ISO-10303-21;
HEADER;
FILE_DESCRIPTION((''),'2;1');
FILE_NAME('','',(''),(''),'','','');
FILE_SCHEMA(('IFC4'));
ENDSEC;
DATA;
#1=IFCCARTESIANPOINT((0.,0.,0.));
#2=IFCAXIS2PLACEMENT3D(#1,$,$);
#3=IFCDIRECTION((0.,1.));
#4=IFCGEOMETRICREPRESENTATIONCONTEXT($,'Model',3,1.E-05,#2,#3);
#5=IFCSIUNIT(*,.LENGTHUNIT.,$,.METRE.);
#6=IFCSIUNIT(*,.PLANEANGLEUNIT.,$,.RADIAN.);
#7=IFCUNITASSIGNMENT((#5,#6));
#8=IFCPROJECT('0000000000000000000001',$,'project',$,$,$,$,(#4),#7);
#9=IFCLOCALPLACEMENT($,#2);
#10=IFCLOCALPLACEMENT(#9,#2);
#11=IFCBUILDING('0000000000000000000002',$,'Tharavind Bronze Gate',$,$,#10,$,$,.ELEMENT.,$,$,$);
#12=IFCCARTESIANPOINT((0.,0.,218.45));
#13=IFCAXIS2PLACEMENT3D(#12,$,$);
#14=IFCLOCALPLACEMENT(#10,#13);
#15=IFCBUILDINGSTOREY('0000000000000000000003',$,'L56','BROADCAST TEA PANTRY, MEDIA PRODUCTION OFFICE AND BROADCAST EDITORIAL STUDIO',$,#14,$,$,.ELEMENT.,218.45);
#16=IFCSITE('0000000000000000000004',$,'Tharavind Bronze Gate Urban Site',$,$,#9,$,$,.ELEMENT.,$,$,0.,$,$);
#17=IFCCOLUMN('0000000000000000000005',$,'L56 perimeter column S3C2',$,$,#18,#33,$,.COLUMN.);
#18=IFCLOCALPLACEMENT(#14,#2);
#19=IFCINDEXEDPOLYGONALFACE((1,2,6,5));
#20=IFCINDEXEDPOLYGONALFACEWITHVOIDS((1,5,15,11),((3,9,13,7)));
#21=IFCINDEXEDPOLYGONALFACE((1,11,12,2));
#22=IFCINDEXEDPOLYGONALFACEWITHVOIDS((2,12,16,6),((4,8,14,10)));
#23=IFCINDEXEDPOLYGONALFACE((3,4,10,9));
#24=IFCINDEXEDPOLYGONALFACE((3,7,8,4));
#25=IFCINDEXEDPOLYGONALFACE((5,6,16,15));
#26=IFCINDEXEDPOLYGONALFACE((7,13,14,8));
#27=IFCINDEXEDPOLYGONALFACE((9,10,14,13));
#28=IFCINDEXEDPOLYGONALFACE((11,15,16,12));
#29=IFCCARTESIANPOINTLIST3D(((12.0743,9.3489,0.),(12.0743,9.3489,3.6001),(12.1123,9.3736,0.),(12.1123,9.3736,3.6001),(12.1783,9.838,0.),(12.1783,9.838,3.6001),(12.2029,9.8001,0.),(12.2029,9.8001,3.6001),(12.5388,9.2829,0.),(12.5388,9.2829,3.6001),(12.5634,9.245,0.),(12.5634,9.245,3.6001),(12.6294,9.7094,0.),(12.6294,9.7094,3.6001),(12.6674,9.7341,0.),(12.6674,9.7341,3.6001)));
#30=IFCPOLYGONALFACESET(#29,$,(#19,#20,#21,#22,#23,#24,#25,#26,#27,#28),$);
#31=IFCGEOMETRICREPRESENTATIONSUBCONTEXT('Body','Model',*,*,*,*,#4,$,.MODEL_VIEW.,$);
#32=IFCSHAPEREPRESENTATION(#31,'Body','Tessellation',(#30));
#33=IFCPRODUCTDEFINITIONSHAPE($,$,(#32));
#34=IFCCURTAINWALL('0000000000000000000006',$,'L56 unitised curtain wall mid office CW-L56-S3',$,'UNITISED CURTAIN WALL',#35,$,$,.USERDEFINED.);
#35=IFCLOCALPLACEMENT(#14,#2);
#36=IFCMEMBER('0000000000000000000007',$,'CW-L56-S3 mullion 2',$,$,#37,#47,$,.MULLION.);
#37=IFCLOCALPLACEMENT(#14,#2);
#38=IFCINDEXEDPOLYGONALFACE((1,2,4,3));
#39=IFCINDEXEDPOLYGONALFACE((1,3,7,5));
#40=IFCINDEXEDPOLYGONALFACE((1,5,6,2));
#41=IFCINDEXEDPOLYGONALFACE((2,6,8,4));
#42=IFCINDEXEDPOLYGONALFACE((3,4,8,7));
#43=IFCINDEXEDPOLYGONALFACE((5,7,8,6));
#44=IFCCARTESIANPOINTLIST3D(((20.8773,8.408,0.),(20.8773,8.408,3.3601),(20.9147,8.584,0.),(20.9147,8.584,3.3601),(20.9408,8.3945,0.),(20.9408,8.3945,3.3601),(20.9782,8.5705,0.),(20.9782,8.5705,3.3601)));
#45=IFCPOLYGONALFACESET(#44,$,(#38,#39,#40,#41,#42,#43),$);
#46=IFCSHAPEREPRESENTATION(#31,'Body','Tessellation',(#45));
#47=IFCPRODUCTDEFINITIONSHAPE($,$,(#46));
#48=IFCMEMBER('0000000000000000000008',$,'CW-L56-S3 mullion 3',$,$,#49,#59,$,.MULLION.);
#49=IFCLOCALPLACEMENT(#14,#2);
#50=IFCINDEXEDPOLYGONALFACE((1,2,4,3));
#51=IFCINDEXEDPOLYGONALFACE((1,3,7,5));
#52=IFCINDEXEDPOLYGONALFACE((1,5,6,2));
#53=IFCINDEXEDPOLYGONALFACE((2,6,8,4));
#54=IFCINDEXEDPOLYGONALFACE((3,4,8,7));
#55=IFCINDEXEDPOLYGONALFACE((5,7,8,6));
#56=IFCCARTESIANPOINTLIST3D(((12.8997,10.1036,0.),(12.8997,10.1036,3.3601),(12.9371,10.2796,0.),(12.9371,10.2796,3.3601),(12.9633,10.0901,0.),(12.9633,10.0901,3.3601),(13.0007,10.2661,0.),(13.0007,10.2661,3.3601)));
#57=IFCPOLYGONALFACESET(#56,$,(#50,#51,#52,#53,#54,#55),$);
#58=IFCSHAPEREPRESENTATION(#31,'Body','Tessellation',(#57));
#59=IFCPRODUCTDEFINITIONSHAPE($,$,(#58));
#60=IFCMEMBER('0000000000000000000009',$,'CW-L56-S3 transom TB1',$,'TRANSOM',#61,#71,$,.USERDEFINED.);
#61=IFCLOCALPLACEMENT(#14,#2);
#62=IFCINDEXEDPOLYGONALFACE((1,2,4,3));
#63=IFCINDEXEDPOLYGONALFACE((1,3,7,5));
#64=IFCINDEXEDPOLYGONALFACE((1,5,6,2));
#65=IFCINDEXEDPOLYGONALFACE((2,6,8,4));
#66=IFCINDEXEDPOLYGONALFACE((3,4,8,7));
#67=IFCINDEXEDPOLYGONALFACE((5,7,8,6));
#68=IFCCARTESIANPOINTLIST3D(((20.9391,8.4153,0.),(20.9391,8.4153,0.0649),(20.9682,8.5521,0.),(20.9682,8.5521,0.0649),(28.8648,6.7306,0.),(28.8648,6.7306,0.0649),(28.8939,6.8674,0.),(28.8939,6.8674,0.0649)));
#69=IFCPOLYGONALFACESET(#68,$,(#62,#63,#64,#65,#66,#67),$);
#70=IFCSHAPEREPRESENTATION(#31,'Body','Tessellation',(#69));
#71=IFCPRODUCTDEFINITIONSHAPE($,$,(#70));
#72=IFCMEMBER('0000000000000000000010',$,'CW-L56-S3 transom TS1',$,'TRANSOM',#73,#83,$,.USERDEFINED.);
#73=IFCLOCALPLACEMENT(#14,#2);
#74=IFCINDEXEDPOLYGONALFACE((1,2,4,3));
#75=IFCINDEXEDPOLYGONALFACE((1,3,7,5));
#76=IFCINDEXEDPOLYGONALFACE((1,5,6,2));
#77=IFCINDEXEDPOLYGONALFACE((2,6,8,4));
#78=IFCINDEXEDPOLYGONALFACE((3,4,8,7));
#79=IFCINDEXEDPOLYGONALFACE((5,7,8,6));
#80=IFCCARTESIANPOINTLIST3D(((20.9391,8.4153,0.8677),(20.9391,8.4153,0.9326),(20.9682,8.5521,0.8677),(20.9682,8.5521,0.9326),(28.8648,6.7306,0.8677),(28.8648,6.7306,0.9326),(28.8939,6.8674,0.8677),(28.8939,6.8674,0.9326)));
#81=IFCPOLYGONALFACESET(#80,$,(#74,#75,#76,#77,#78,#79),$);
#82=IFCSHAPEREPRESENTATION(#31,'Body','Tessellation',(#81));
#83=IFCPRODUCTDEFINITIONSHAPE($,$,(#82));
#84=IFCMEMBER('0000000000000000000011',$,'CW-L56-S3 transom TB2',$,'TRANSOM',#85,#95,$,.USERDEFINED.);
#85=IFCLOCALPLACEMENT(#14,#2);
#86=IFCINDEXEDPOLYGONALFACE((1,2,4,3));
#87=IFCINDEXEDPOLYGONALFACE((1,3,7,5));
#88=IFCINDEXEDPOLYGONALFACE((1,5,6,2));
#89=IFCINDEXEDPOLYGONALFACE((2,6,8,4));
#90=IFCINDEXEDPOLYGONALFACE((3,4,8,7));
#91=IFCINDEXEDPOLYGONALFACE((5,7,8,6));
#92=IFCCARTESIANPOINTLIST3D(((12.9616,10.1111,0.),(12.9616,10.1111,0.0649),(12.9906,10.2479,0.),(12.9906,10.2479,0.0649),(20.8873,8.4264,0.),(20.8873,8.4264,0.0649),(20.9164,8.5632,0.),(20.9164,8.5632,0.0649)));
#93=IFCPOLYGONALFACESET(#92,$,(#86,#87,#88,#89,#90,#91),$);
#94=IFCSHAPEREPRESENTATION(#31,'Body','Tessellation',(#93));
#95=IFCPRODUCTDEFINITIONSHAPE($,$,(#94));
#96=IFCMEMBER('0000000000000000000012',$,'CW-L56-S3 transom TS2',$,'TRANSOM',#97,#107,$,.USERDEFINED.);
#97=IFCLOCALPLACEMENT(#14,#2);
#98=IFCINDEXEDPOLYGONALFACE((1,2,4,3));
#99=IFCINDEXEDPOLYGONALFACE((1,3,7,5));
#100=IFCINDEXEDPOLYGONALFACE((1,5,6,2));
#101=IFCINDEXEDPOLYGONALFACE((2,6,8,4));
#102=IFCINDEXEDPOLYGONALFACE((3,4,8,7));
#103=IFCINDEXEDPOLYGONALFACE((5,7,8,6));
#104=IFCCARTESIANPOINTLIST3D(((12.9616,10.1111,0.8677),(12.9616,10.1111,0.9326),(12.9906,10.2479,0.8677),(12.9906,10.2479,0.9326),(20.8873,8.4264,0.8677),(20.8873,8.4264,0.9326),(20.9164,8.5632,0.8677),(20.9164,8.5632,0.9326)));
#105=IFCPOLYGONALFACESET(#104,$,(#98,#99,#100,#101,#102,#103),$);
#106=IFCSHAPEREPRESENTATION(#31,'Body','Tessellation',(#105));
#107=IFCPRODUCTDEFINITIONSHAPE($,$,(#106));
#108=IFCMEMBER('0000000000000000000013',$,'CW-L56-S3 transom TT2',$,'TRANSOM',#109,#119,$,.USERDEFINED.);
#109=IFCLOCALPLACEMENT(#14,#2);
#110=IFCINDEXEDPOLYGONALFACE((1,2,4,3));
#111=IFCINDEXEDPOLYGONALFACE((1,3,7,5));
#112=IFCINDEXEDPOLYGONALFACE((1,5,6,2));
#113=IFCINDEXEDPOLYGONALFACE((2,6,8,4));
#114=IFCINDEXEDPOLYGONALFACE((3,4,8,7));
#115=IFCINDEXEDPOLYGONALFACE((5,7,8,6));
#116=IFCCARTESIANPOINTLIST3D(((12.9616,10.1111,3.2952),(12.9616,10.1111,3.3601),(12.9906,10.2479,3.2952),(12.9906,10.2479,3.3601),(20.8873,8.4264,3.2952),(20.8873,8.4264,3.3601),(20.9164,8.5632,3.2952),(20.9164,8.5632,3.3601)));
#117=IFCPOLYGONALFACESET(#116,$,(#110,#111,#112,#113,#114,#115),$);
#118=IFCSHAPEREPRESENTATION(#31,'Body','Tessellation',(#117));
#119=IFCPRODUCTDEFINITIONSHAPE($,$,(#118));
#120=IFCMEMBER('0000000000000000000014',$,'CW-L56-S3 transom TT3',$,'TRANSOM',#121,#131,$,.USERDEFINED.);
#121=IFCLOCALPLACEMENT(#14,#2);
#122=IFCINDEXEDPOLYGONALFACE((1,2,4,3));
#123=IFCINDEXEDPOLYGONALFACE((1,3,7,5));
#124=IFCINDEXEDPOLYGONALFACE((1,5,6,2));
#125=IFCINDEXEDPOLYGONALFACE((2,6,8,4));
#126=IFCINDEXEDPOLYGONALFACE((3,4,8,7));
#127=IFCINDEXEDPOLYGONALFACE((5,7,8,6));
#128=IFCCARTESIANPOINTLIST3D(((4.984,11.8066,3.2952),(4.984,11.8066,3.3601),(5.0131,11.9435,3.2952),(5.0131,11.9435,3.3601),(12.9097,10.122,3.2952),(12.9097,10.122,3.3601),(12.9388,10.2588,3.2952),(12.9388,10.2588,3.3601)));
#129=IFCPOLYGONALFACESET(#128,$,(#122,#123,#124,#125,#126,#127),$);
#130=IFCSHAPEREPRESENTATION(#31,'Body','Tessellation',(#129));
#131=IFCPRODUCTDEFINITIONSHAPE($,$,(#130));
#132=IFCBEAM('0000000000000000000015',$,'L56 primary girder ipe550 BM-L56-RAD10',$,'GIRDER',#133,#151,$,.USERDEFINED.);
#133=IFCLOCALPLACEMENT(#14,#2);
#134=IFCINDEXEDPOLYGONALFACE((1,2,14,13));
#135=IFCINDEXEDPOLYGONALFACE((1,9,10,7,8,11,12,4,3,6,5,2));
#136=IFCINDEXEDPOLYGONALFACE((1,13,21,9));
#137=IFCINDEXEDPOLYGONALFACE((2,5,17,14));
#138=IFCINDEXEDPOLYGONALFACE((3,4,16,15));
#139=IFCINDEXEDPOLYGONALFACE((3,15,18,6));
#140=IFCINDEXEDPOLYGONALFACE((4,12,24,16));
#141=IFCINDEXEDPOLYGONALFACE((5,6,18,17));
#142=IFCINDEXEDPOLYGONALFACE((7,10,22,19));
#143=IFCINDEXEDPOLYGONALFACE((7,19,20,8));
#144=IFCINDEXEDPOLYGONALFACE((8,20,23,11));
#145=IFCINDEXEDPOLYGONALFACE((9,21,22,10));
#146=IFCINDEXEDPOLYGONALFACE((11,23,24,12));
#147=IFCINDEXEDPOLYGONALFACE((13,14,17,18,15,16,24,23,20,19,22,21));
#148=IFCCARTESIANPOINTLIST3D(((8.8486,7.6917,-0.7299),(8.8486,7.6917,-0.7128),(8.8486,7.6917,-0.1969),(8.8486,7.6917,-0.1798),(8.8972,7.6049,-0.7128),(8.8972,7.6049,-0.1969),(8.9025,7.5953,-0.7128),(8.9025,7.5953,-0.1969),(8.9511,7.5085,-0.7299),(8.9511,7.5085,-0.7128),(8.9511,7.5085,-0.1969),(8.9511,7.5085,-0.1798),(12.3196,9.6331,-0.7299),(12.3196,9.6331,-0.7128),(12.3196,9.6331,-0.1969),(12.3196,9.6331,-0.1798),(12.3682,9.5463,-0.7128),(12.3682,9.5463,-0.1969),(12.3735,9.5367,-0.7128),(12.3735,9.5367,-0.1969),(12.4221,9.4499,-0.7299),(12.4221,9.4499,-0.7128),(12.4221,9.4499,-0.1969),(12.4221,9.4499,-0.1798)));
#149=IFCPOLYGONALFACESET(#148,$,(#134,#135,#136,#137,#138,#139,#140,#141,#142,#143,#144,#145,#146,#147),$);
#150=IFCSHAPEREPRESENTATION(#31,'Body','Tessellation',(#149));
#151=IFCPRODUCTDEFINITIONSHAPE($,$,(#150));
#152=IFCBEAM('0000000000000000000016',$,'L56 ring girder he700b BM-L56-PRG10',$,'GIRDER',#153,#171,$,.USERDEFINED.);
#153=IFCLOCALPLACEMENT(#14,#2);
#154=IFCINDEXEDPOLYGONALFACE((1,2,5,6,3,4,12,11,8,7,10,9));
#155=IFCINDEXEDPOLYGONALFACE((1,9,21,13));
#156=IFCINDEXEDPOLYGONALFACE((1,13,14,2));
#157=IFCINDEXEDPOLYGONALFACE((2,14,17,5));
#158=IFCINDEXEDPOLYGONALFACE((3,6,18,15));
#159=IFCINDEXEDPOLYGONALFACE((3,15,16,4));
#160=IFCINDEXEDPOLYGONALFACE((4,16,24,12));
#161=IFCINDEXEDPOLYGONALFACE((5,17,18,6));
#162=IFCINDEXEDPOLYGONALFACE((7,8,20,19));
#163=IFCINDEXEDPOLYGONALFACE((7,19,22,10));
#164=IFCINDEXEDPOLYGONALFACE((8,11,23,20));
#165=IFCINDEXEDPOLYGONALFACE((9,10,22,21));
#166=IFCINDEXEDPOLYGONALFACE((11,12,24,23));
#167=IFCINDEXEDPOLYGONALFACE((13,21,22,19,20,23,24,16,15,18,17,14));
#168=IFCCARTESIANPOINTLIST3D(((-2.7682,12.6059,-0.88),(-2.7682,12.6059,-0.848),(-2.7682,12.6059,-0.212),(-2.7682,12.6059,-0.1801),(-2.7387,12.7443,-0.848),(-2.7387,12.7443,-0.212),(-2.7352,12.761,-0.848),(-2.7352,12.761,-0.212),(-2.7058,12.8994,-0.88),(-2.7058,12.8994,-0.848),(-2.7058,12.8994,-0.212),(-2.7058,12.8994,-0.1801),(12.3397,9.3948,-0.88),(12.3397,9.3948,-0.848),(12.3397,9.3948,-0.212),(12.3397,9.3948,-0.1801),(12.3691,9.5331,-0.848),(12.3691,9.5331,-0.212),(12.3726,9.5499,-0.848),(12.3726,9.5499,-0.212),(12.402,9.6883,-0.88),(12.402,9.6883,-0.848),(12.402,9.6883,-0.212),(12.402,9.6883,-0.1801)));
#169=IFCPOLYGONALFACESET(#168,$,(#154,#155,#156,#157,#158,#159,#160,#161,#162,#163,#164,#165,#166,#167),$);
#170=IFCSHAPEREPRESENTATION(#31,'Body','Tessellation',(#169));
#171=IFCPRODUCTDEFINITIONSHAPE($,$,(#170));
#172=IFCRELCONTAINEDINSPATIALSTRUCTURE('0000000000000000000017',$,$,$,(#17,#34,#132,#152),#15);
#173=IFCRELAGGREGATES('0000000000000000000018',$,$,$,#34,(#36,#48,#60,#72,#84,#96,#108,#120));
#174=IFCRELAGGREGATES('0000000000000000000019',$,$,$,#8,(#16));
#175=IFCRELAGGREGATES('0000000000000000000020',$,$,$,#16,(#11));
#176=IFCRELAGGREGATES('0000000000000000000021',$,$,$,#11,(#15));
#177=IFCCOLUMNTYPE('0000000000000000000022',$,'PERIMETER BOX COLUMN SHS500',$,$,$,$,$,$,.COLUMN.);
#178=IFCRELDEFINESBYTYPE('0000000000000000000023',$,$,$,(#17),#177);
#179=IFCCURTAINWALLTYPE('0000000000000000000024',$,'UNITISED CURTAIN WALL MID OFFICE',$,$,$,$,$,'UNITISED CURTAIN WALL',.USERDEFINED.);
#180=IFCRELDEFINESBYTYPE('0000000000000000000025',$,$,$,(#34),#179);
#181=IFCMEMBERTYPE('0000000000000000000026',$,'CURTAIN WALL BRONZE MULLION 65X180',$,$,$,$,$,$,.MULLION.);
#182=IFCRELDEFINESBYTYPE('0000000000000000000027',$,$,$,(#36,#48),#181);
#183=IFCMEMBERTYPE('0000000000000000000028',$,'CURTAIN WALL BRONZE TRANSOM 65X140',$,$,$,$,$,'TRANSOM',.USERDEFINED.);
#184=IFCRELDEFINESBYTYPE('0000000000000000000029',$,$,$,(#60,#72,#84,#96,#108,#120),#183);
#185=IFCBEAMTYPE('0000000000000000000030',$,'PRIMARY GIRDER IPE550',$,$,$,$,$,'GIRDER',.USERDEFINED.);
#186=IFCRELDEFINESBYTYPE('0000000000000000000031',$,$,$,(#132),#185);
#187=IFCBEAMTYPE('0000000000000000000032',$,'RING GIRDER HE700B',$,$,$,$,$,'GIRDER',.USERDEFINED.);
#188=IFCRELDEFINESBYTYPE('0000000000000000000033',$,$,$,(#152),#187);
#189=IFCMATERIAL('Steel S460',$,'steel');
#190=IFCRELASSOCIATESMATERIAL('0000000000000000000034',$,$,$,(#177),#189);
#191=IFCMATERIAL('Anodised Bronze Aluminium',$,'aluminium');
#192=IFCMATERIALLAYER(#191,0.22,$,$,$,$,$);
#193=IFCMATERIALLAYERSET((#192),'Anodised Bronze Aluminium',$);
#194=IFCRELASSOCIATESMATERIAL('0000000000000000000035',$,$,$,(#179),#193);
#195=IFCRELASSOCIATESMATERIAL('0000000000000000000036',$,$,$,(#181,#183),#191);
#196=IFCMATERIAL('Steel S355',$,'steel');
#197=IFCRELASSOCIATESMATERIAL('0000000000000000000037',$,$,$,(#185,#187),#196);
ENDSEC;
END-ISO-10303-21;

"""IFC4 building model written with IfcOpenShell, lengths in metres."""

from ifc_helpers import new_model, si_unit, direction, frame, origin, origin_2d, place, context, subcontext, project, spatial, rectangle, hollow_rectangle, i_section, extrude, material, layer, layer_set, material_profile, profile_set, type_object, element, aggregate, save


model = new_model("IFC4")

# Units and contexts
model_context = context("Model", 3, precision=1e-05, world=origin(), true_north=direction((0.0, 1.0)))
body_context = subcontext(model_context, "Body", "Model", "MODEL_VIEW")
ifc_project = project(units=[si_unit("LENGTHUNIT", "METRE"), si_unit("PLANEANGLEUNIT", "RADIAN")], contexts=[model_context])

# Site, building, storey
site_placement = place(None, origin())
site = spatial("IfcSite", under=ifc_project, at=site_placement, Name="Tharavind Bronze Gate Urban Site", CompositionType="ELEMENT", RefElevation=0.0)
building_placement = place(site_placement, origin())
building = spatial("IfcBuilding", under=site, at=building_placement, Name="Tharavind Bronze Gate", CompositionType="ELEMENT")
storey_placement = place(building_placement, frame((0.0, 0.0, 218.45)))
storey = spatial("IfcBuildingStorey", under=building, at=storey_placement, Name="L56", Description="BROADCAST TEA PANTRY, MEDIA PRODUCTION OFFICE AND BROADCAST EDITORIAL STUDIO", CompositionType="ELEMENT", Elevation=218.45)

# Column
ifc_material_1 = material(Name="Steel S460", Category="steel")
ifc_material_profile_1 = material_profile(ifc_material_1, hollow_rectangle(XDim=0.5, YDim=0.5, WallThickness=0.032, at=origin_2d()), Name="SHS500X32")
ifc_profile_set_1 = profile_set([ifc_material_profile_1], Name="Steel S460")
column_type = type_object("IfcColumnType", Name="PERIMETER BOX COLUMN SHS500", PredefinedType="COLUMN", material=ifc_profile_set_1)
column_placement = place(storey_placement, frame((12.3708, 9.5415, 0.0), z_axis=(0.0, 0.0, 1.0), x_axis=(-0.978148, 0.207912, 0.0)))
element("IfcColumn", 1, at=column_placement, inside=storey, type_object=column_type, Name="L56 perimeter column S3C2", PredefinedType="COLUMN", context=body_context, shape_type="SweptSolid", body=[
    extrude(hollow_rectangle(XDim=0.5, YDim=0.5, WallThickness=0.032, at=origin_2d()), origin(), (0.0, 0.0, 1.0), 3.6001),
])

# Curtain wall, members
ifc_material_2 = material(Name="Anodised Bronze Aluminium", Category="aluminium")
ifc_layer_1 = layer(ifc_material_2, 0.22)
ifc_layer_set_1 = layer_set([ifc_layer_1], Name="Anodised Bronze Aluminium")
curtain_wall_type = type_object("IfcCurtainWallType", Name="UNITISED CURTAIN WALL MID OFFICE", ElementType="UNITISED CURTAIN WALL", PredefinedType="USERDEFINED", material=ifc_layer_set_1)
curtain_wall_placement = place(storey_placement, origin())
curtain_wall = element("IfcCurtainWall", 2, at=curtain_wall_placement, inside=storey, type_object=curtain_wall_type, Name="L56 unitised curtain wall mid office CW-L56-S3", ObjectType="UNITISED CURTAIN WALL", PredefinedType="USERDEFINED")
member_type_1 = type_object("IfcMemberType", Name="CURTAIN WALL BRONZE MULLION 65X180", PredefinedType="MULLION", material=ifc_material_2)
member_1_placement = place(storey_placement, frame((20.9277, 8.4893, 0.0), z_axis=(0.0, 0.0, 1.0), x_axis=(-0.978148, 0.207912, 0.0)))
member_1 = element("IfcMember", 3, at=member_1_placement, type_object=member_type_1, Name="CW-L56-S3 mullion 2", PredefinedType="MULLION", context=body_context, shape_type="SweptSolid", body=[
    extrude(rectangle(XDim=0.0649, YDim=0.1799, at=origin_2d()), origin(), (0.0, 0.0, 1.0), 3.3601),
])
member_2_placement = place(storey_placement, frame((12.9502, 10.1848, 0.0), z_axis=(0.0, 0.0, 1.0), x_axis=(-0.978148, 0.207912, 0.0)))
member_2 = element("IfcMember", 4, at=member_2_placement, type_object=member_type_1, Name="CW-L56-S3 mullion 3", PredefinedType="MULLION", context=body_context, shape_type="SweptSolid", body=[
    extrude(rectangle(XDim=0.0649, YDim=0.1799, at=origin_2d()), origin(), (0.0, 0.0, 1.0), 3.3601),
])
member_type_2 = type_object("IfcMemberType", Name="CURTAIN WALL BRONZE TRANSOM 65X140", ElementType="TRANSOM", PredefinedType="USERDEFINED", material=ifc_material_2)
member_3_placement = place(storey_placement, frame((24.9165, 7.6414, 0.0), z_axis=(0.0, 0.0, 1.0), x_axis=(-0.978148, 0.207912, 0.0)))
member_3 = element("IfcMember", 5, at=member_3_placement, type_object=member_type_2, Name="CW-L56-S3 transom TB1", ObjectType="TRANSOM", PredefinedType="USERDEFINED", context=body_context, shape_type="SweptSolid", body=[
    extrude(rectangle(XDim=8.1028, YDim=0.1399, at=origin_2d()), origin(), (0.0, 0.0, 1.0), 0.0649),
])
member_4_placement = place(storey_placement, frame((24.9165, 7.6414, 0.8677), z_axis=(0.0, 0.0, 1.0), x_axis=(-0.978148, 0.207912, 0.0)))
member_4 = element("IfcMember", 6, at=member_4_placement, type_object=member_type_2, Name="CW-L56-S3 transom TS1", ObjectType="TRANSOM", PredefinedType="USERDEFINED", context=body_context, shape_type="SweptSolid", body=[
    extrude(rectangle(XDim=8.1028, YDim=0.1399, at=origin_2d()), origin(), (0.0, 0.0, 1.0), 0.0649),
])
member_5_placement = place(storey_placement, frame((16.939, 9.3372, 0.0), z_axis=(0.0, 0.0, 1.0), x_axis=(-0.978148, 0.207912, 0.0)))
member_5 = element("IfcMember", 7, at=member_5_placement, type_object=member_type_2, Name="CW-L56-S3 transom TB2", ObjectType="TRANSOM", PredefinedType="USERDEFINED", context=body_context, shape_type="SweptSolid", body=[
    extrude(rectangle(XDim=8.1028, YDim=0.1399, at=origin_2d()), origin(), (0.0, 0.0, 1.0), 0.0649),
])
member_6_placement = place(storey_placement, frame((16.939, 9.3372, 0.8677), z_axis=(0.0, 0.0, 1.0), x_axis=(-0.978148, 0.207912, 0.0)))
member_6 = element("IfcMember", 8, at=member_6_placement, type_object=member_type_2, Name="CW-L56-S3 transom TS2", ObjectType="TRANSOM", PredefinedType="USERDEFINED", context=body_context, shape_type="SweptSolid", body=[
    extrude(rectangle(XDim=8.1028, YDim=0.1399, at=origin_2d()), origin(), (0.0, 0.0, 1.0), 0.0649),
])
member_7_placement = place(storey_placement, frame((16.939, 9.3372, 3.2952), z_axis=(0.0, 0.0, 1.0), x_axis=(-0.978148, 0.207912, 0.0)))
member_7 = element("IfcMember", 9, at=member_7_placement, type_object=member_type_2, Name="CW-L56-S3 transom TT2", ObjectType="TRANSOM", PredefinedType="USERDEFINED", context=body_context, shape_type="SweptSolid", body=[
    extrude(rectangle(XDim=8.1028, YDim=0.1399, at=origin_2d()), origin(), (0.0, 0.0, 1.0), 0.0649),
])
member_8_placement = place(storey_placement, frame((8.9614, 11.0327, 3.2952), z_axis=(0.0, 0.0, 1.0), x_axis=(-0.978148, 0.207912, 0.0)))
member_8 = element("IfcMember", 10, at=member_8_placement, type_object=member_type_2, Name="CW-L56-S3 transom TT3", ObjectType="TRANSOM", PredefinedType="USERDEFINED", context=body_context, shape_type="SweptSolid", body=[
    extrude(rectangle(XDim=8.1028, YDim=0.1399, at=origin_2d()), origin(), (0.0, 0.0, 1.0), 0.0649),
])

# Beams
ifc_material_3 = material(Name="Steel S355", Category="steel")
ifc_material_profile_2 = material_profile(ifc_material_3, i_section(OverallWidth=0.21, OverallDepth=0.55, WebThickness=0.011, FlangeThickness=0.0171, at=origin_2d()), Name="IPE550")
ifc_profile_set_2 = profile_set([ifc_material_profile_2], Name="Steel S355")
beam_type_1 = type_object("IfcBeamType", Name="PRIMARY GIRDER IPE550", ElementType="GIRDER", PredefinedType="USERDEFINED", material=ifc_profile_set_2)
beam_1_placement = place(storey_placement, frame((12.3708, 9.5415, -0.4548), z_axis=(-0.872755, -0.488158, 0.0), x_axis=(0.488158, -0.872755, 0.0)))
element("IfcBeam", 11, at=beam_1_placement, inside=storey, type_object=beam_type_1, Name="L56 primary girder ipe550 BM-L56-RAD10", ObjectType="GIRDER", PredefinedType="USERDEFINED", context=body_context, shape_type="SweptSolid", body=[
    extrude(i_section(OverallWidth=0.21, OverallDepth=0.55, WebThickness=0.011, FlangeThickness=0.0171, at=origin_2d()), origin(), (0.0, 0.0, 1.0), 3.9771),
])
ifc_material_profile_3 = material_profile(ifc_material_3, i_section(OverallWidth=0.3, OverallDepth=0.7, WebThickness=0.0171, FlangeThickness=0.032, at=origin_2d()), Name="HE700B")
ifc_profile_set_3 = profile_set([ifc_material_profile_3], Name="Steel S355")
beam_type_2 = type_object("IfcBeamType", Name="RING GIRDER HE700B", ElementType="GIRDER", PredefinedType="USERDEFINED", material=ifc_profile_set_3)
beam_2_placement = place(storey_placement, frame((12.3708, 9.5415, -0.53), z_axis=(-0.978149, 0.207905, 0.0), x_axis=(-0.207905, -0.978149, 0.0)))
element("IfcBeam", 12, at=beam_2_placement, inside=storey, type_object=beam_type_2, Name="L56 ring girder he700b BM-L56-PRG10", ObjectType="GIRDER", PredefinedType="USERDEFINED", context=body_context, shape_type="SweptSolid", body=[
    extrude(i_section(OverallWidth=0.3, OverallDepth=0.7, WebThickness=0.0171, FlangeThickness=0.032, at=origin_2d()), origin(), (0.0, 0.0, 1.0), 15.4453),
])

aggregate(curtain_wall, [member_1, member_2, member_3, member_4, member_5, member_6, member_7, member_8])

save(model, "model.ifc")
